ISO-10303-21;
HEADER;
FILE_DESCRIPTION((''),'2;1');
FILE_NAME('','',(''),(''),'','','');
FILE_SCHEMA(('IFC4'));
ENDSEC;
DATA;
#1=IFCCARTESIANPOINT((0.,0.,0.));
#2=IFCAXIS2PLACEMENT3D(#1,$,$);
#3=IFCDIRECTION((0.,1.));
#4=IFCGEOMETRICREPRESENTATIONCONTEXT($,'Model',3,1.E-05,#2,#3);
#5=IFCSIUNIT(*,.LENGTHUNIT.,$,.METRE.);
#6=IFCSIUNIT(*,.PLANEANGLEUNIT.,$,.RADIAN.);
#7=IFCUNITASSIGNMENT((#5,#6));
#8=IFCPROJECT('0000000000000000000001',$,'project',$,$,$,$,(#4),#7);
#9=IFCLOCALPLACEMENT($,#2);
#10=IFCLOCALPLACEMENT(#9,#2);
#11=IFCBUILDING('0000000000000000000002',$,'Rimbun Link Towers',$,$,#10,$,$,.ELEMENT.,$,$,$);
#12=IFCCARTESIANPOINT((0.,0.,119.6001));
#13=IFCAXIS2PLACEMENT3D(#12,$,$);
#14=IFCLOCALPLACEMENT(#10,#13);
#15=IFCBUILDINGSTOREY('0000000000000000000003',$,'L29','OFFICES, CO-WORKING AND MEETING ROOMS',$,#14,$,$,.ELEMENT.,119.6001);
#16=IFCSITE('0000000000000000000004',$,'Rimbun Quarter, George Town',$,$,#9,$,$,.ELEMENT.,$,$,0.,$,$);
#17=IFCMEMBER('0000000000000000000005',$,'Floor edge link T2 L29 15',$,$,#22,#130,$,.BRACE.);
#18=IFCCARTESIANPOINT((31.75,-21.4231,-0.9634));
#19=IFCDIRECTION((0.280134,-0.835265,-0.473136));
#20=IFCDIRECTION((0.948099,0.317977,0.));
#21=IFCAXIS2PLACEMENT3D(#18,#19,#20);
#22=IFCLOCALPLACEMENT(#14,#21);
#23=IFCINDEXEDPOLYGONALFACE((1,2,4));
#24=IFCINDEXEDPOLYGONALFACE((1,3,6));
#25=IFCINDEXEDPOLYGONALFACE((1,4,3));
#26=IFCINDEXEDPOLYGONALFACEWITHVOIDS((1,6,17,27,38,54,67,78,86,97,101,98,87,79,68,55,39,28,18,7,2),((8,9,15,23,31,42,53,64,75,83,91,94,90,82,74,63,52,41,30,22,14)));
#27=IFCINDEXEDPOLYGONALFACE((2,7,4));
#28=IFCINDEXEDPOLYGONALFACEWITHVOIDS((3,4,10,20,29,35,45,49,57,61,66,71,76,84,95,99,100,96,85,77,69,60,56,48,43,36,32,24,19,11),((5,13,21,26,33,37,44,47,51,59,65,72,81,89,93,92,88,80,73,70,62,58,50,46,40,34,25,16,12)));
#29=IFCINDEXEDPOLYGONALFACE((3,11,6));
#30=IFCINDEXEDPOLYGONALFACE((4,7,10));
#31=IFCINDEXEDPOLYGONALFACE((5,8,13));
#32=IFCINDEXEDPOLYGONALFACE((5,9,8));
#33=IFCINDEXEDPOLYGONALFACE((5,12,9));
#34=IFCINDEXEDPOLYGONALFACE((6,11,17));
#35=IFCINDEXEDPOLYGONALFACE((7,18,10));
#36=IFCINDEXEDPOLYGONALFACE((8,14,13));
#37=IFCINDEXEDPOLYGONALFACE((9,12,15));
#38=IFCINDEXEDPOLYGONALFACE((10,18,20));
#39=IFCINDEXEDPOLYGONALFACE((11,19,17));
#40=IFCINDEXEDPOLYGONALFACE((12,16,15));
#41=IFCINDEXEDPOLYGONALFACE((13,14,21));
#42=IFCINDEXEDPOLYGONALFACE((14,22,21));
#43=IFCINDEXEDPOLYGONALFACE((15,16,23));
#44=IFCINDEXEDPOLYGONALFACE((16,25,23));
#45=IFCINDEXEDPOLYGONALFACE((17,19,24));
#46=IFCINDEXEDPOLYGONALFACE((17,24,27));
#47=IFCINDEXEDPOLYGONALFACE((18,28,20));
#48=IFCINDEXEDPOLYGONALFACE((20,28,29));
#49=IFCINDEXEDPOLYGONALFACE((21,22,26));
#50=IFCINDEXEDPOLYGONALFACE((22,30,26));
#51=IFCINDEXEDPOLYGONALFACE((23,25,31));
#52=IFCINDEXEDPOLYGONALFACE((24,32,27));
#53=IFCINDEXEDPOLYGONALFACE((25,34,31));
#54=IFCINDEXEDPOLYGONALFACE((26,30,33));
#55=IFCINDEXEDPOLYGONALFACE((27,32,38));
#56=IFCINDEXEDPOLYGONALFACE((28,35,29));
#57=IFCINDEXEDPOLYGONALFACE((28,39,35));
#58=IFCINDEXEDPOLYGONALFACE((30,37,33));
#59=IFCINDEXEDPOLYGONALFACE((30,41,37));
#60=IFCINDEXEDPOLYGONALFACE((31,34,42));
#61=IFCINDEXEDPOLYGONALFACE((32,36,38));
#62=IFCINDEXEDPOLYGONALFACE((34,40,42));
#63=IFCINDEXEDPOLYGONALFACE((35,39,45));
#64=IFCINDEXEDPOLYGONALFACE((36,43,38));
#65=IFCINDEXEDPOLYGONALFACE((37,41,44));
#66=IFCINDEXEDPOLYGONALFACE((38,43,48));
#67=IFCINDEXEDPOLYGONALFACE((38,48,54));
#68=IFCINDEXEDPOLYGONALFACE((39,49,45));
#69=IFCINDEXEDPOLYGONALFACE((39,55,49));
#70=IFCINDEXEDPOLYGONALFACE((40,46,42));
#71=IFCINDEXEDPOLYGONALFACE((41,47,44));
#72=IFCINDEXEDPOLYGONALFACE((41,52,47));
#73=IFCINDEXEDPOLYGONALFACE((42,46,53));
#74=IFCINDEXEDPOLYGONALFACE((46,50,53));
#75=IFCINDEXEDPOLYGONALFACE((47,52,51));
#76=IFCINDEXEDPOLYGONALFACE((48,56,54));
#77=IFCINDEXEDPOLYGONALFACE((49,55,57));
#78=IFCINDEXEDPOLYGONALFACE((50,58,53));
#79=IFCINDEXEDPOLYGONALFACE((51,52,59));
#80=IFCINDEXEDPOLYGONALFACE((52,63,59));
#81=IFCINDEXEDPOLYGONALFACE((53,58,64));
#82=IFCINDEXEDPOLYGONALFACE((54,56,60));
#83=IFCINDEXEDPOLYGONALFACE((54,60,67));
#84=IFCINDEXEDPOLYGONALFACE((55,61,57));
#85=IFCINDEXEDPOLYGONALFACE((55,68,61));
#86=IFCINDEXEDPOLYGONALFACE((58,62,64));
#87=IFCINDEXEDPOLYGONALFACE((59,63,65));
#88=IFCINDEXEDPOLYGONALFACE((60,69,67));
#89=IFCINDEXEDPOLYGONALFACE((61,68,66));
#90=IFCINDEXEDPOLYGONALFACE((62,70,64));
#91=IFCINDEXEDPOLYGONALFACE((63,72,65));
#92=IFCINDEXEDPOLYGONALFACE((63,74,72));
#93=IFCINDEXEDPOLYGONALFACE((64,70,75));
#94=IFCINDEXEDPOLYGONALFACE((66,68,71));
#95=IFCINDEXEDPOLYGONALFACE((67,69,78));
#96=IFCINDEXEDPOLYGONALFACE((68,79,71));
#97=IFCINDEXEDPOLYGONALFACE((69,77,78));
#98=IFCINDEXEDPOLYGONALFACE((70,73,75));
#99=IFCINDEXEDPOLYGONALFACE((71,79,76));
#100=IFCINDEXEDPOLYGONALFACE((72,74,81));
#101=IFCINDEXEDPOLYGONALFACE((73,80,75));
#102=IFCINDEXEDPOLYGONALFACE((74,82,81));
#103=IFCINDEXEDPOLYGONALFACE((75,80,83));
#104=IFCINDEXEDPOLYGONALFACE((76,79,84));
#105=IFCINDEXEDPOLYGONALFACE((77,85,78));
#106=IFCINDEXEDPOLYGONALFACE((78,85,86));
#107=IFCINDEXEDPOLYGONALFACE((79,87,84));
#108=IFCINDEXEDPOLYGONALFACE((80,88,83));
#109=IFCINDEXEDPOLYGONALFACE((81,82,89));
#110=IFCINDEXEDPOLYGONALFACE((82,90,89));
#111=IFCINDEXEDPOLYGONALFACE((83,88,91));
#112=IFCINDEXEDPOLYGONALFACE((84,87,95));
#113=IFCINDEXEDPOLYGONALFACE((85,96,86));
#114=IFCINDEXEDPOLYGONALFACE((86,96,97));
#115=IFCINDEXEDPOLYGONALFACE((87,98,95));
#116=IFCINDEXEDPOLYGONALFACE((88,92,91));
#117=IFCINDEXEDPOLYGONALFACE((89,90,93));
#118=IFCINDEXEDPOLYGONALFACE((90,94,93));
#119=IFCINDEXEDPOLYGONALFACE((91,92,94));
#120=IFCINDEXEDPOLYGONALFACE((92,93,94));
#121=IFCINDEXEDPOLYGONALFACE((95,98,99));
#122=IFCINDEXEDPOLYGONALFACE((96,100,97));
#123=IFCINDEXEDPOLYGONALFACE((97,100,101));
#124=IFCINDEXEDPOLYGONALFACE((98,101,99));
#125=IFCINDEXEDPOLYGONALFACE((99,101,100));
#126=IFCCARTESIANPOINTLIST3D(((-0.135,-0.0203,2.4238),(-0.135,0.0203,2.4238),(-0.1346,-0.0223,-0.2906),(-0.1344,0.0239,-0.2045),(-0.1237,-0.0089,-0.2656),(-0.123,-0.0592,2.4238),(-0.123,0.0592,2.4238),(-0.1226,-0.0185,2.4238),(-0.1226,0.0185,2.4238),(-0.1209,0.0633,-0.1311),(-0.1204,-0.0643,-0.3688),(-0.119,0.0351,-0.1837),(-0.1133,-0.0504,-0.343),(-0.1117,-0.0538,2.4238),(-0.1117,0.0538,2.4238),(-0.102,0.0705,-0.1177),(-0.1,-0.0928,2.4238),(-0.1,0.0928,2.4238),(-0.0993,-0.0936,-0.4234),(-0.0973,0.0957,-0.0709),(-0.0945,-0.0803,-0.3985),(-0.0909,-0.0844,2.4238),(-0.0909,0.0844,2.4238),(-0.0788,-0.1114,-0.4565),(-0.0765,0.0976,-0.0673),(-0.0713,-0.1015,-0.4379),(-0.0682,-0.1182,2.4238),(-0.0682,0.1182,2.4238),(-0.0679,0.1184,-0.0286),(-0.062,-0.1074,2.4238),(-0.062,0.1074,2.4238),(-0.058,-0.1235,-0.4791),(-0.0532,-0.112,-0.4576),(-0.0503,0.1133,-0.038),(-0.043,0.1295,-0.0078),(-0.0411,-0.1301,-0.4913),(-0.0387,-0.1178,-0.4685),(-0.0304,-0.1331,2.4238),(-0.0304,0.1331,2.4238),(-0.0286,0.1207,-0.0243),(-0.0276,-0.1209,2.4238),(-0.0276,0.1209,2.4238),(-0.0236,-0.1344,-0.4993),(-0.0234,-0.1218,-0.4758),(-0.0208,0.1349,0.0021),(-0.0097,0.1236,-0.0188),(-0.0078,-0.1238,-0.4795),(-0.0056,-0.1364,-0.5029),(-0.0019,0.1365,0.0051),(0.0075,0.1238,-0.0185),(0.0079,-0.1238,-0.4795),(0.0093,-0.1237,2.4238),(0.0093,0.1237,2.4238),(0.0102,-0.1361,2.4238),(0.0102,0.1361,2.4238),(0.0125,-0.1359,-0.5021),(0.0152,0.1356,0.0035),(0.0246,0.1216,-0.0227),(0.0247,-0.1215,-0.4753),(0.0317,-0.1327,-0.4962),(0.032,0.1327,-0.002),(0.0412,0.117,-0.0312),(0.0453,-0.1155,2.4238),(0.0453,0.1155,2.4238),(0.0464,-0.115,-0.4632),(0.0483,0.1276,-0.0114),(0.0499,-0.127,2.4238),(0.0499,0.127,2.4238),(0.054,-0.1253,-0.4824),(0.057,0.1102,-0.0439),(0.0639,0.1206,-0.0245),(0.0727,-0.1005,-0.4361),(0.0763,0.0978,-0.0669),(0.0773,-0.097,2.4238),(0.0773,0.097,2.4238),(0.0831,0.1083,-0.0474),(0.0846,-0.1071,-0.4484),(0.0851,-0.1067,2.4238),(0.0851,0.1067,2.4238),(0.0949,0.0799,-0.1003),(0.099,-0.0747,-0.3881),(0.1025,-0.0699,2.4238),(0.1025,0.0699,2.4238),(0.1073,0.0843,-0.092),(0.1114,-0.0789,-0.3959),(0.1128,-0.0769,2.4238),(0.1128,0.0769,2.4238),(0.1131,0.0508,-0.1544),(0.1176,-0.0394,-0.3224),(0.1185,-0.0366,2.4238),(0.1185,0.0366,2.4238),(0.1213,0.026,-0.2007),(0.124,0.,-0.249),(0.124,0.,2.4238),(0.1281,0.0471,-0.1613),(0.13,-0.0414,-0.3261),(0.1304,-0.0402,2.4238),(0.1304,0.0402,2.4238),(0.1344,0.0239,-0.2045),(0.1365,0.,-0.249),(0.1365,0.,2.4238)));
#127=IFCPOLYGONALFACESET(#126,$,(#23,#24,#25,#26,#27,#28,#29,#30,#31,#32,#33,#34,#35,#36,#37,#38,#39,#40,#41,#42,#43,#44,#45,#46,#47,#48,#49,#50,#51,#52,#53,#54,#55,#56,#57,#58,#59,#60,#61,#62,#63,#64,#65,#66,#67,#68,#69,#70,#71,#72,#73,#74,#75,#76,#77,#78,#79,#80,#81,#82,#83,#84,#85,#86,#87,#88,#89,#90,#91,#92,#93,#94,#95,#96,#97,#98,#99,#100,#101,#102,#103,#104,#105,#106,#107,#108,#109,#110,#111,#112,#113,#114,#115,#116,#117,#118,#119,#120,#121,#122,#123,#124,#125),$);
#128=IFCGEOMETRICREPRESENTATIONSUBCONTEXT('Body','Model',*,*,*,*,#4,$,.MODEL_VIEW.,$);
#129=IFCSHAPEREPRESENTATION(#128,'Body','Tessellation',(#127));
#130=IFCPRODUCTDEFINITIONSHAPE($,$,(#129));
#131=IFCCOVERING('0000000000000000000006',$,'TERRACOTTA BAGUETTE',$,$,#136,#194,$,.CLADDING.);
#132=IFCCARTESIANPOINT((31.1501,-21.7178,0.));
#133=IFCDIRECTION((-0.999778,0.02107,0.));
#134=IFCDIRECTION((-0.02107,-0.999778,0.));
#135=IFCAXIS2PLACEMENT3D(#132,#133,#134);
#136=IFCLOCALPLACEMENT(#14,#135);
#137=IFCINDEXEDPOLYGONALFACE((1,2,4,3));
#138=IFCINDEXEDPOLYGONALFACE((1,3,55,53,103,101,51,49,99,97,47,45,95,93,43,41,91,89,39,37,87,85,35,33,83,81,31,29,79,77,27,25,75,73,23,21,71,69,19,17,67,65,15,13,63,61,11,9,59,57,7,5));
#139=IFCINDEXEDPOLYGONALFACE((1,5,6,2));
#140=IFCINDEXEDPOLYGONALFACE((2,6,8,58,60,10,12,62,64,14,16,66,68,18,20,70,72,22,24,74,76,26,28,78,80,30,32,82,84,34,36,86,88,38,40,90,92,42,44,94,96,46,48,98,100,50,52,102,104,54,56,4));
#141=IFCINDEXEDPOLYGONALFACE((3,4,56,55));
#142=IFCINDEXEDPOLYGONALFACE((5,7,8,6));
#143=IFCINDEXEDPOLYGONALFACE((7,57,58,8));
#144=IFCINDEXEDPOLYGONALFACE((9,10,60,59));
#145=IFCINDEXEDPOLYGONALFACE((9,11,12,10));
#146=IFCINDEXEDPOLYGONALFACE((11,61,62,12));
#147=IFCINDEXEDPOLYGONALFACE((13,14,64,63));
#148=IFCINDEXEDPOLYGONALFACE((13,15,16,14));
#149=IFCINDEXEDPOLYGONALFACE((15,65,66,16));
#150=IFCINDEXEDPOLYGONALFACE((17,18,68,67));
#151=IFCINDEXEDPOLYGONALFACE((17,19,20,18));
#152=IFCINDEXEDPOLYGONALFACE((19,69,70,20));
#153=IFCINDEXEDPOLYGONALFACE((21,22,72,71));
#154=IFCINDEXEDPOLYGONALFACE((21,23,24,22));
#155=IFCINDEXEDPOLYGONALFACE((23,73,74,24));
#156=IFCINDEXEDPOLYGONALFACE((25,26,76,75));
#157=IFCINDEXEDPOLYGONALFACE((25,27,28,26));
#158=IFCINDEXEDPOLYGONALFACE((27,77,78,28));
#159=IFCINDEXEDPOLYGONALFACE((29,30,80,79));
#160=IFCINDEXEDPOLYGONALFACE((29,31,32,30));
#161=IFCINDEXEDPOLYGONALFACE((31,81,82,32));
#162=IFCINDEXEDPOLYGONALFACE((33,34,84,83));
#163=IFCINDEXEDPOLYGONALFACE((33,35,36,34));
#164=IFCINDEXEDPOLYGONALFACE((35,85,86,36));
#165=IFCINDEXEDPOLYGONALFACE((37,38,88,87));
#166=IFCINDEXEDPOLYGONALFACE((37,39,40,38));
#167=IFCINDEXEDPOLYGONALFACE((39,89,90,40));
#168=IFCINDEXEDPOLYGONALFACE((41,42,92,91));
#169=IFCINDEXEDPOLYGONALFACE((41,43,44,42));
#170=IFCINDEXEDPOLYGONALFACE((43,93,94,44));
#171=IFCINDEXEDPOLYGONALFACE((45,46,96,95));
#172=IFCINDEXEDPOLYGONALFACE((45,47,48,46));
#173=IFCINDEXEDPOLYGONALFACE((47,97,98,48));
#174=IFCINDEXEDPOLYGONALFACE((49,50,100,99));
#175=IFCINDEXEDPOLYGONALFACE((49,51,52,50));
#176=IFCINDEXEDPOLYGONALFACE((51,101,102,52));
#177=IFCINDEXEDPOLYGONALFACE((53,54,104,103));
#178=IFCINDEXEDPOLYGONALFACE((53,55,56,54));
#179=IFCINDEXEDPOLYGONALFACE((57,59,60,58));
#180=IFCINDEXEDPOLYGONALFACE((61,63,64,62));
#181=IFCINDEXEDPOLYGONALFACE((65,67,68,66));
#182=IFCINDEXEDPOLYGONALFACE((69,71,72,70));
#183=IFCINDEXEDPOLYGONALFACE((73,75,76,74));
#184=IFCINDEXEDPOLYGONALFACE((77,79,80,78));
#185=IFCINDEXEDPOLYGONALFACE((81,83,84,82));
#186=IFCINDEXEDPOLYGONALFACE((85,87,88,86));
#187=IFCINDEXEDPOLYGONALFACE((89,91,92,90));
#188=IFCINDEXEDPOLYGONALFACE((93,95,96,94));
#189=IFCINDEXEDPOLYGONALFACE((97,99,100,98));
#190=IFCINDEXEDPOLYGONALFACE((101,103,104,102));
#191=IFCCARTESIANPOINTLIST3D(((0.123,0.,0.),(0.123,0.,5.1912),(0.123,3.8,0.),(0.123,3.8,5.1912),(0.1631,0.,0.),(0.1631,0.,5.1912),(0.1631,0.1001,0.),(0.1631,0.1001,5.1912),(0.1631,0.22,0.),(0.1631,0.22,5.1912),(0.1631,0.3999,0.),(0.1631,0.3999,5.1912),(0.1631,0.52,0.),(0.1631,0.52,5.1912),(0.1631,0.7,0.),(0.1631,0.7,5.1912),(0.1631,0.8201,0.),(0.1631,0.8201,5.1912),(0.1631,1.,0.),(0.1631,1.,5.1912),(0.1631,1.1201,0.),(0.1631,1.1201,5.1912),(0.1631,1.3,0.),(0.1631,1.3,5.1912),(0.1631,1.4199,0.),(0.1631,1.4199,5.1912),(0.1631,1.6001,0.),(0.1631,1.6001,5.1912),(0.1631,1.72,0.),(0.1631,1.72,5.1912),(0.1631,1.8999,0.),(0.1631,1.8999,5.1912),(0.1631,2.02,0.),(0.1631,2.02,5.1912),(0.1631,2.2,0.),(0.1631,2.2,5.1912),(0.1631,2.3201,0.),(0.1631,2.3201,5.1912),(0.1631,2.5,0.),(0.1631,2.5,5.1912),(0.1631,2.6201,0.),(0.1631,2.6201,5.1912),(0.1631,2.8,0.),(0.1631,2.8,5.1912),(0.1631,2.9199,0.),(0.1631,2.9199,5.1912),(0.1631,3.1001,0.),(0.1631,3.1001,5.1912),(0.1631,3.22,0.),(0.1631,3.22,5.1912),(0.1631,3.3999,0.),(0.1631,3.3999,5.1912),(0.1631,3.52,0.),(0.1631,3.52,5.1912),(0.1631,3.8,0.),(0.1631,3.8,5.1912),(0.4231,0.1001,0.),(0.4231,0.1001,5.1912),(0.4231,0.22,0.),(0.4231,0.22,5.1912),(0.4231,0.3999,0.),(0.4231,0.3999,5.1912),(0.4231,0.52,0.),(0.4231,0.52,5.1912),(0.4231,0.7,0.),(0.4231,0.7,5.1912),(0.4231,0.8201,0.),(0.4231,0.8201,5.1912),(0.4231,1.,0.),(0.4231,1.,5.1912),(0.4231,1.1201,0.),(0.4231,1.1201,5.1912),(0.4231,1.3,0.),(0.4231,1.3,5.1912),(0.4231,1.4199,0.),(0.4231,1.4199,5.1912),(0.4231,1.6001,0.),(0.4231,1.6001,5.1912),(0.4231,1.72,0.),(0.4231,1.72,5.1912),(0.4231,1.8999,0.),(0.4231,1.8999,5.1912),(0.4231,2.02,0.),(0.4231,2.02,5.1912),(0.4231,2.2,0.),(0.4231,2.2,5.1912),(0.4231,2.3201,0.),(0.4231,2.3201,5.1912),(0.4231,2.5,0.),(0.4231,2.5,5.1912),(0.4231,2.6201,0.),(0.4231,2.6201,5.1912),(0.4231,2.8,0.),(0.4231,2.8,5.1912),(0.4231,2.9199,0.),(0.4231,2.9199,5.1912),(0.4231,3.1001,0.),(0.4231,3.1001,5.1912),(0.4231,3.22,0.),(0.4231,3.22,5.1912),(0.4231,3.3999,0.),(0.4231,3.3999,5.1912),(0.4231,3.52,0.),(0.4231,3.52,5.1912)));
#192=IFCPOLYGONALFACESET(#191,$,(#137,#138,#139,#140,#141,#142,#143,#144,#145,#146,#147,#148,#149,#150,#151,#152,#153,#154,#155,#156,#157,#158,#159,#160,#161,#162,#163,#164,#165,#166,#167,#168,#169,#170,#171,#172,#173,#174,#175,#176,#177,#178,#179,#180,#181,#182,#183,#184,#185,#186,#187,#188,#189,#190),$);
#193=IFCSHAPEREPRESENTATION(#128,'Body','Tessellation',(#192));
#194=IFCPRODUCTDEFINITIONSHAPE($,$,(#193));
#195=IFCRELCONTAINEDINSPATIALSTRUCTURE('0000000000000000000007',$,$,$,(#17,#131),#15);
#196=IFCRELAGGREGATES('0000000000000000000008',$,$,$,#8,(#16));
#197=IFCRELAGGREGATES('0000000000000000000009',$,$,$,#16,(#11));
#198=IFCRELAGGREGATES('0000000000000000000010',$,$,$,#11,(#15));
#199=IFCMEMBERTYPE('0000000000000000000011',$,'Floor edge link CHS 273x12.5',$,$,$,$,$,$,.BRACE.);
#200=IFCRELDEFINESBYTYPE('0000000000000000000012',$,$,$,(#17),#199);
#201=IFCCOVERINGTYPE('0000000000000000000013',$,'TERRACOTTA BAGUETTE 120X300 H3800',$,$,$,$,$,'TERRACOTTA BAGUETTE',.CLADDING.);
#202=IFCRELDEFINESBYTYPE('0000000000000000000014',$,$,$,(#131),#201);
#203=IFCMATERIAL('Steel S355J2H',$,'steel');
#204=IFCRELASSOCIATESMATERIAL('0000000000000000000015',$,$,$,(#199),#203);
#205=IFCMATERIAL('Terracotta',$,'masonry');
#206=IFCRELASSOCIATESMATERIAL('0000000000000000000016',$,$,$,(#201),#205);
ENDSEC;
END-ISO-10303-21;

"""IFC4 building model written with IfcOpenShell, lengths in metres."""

from ifc_helpers import new_model, si_unit, direction, frame, origin, origin_2d, place, context, subcontext, project, spatial, polyline, hollow_circle, outline, extrude, clip, halfspace, material, material_profile, profile_set, type_object, element, save


model = new_model("IFC4")

# Units and contexts
model_context = context("Model", 3, precision=1e-05, world=origin(), true_north=direction((0.0, 1.0)))
body_context = subcontext(model_context, "Body", "Model", "MODEL_VIEW")
ifc_project = project(units=[si_unit("LENGTHUNIT", "METRE"), si_unit("PLANEANGLEUNIT", "RADIAN")], contexts=[model_context])

# Site, building, storey
site_placement = place(None, origin())
site = spatial("IfcSite", under=ifc_project, at=site_placement, Name="Rimbun Quarter, George Town", CompositionType="ELEMENT", RefElevation=0.0)
building_placement = place(site_placement, origin())
building = spatial("IfcBuilding", under=site, at=building_placement, Name="Rimbun Link Towers", CompositionType="ELEMENT")
storey_placement = place(building_placement, frame((0.0, 0.0, 119.6001)))
storey = spatial("IfcBuildingStorey", under=building, at=storey_placement, Name="L29", Description="OFFICES, CO-WORKING AND MEETING ROOMS", CompositionType="ELEMENT", Elevation=119.6001)

# Member
ifc_material_1 = material(Name="Steel S355J2H", Category="steel")
ifc_material_profile_1 = material_profile(ifc_material_1, hollow_circle(Radius=0.1365, WallThickness=0.0125, at=origin_2d()), Name="CHS 273x12.5")
ifc_profile_set_1 = profile_set([ifc_material_profile_1], Name="Steel S355J2H")
member_type_1 = type_object("IfcMemberType", Name="Floor edge link CHS 273x12.5", PredefinedType="BRACE", material=ifc_profile_set_1)
member_1_placement = place(storey_placement, frame((31.75, -21.4231, -0.9634), z_axis=(0.280134, -0.835265, -0.473136), x_axis=(0.948099, 0.317977, 0.0)))
element("IfcMember", 1, at=member_1_placement, inside=storey, type_object=member_type_1, Name="Floor edge link T2 L29 15", PredefinedType="BRACE", context=body_context, shape_type="Clipping", body=[
    clip(extrude(hollow_circle(Radius=0.1365, WallThickness=0.0125, at=origin_2d()), frame((0.0, 0.0, -0.5293)), (0.0, 0.0, 1.0), 2.9531), halfspace(frame((0.0, 0.0, -0.249), z_axis=(0.0, 0.88099, -0.473136)), False)),
])

# Covering
ifc_material_2 = material(Name="Terracotta", Category="masonry")
ifc_material_profile_2 = material_profile(ifc_material_2, outline(polyline([(0.123, 0.0), (0.1631, 0.0), (0.1631, 0.1001), (0.4231, 0.1001), (0.4231, 0.22), (0.1631, 0.22), (0.1631, 0.3999), (0.4231, 0.3999), (0.4231, 0.52), (0.1631, 0.52), (0.1631, 0.7), (0.4231, 0.7), (0.4231, 0.8201), (0.1631, 0.8201), (0.1631, 1.0), (0.4231, 1.0), (0.4231, 1.1201), (0.1631, 1.1201), (0.1631, 1.3), (0.4231, 1.3), (0.4231, 1.4199), (0.1631, 1.4199), (0.1631, 1.6001), (0.4231, 1.6001), (0.4231, 1.72), (0.1631, 1.72), (0.1631, 1.8999), (0.4231, 1.8999), (0.4231, 2.02), (0.1631, 2.02), (0.1631, 2.2), (0.4231, 2.2), (0.4231, 2.3201), (0.1631, 2.3201), (0.1631, 2.5), (0.4231, 2.5), (0.4231, 2.6201), (0.1631, 2.6201), (0.1631, 2.8), (0.4231, 2.8), (0.4231, 2.9199), (0.1631, 2.9199), (0.1631, 3.1001), (0.4231, 3.1001), (0.4231, 3.22), (0.1631, 3.22), (0.1631, 3.3999), (0.4231, 3.3999), (0.4231, 3.52), (0.1631, 3.52), (0.1631, 3.8), (0.123, 3.8), (0.123, 0.0)])), Name="BAGUETTE 120X300")
ifc_profile_set_2 = profile_set([ifc_material_profile_2], Name="Terracotta")
covering_type = type_object("IfcCoveringType", Name="TERRACOTTA BAGUETTE 120X300 H3800", ElementType="TERRACOTTA BAGUETTE", PredefinedType="CLADDING", material=ifc_profile_set_2)
covering_1_placement = place(storey_placement, frame((31.1501, -21.7178, 0.0), z_axis=(-0.999778, 0.02107, 0.0), x_axis=(-0.02107, -0.999778, 0.0)))
element("IfcCovering", 2, at=covering_1_placement, inside=storey, type_object=covering_type, Name="TERRACOTTA BAGUETTE", PredefinedType="CLADDING", context=body_context, shape_type="SweptSolid", body=[
    extrude(outline(polyline([(0.123, 0.0), (0.1631, 0.0), (0.1631, 0.1001), (0.4231, 0.1001), (0.4231, 0.22), (0.1631, 0.22), (0.1631, 0.3999), (0.4231, 0.3999), (0.4231, 0.52), (0.1631, 0.52), (0.1631, 0.7), (0.4231, 0.7), (0.4231, 0.8201), (0.1631, 0.8201), (0.1631, 1.0), (0.4231, 1.0), (0.4231, 1.1201), (0.1631, 1.1201), (0.1631, 1.3), (0.4231, 1.3), (0.4231, 1.4199), (0.1631, 1.4199), (0.1631, 1.6001), (0.4231, 1.6001), (0.4231, 1.72), (0.1631, 1.72), (0.1631, 1.8999), (0.4231, 1.8999), (0.4231, 2.02), (0.1631, 2.02), (0.1631, 2.2), (0.4231, 2.2), (0.4231, 2.3201), (0.1631, 2.3201), (0.1631, 2.5), (0.4231, 2.5), (0.4231, 2.6201), (0.1631, 2.6201), (0.1631, 2.8), (0.4231, 2.8), (0.4231, 2.9199), (0.1631, 2.9199), (0.1631, 3.1001), (0.4231, 3.1001), (0.4231, 3.22), (0.1631, 3.22), (0.1631, 3.3999), (0.4231, 3.3999), (0.4231, 3.52), (0.1631, 3.52), (0.1631, 3.8), (0.123, 3.8), (0.123, 0.0)])), origin(), (0.0, 0.0, 1.0), 5.1912),
])

save(model, "model.ifc")
